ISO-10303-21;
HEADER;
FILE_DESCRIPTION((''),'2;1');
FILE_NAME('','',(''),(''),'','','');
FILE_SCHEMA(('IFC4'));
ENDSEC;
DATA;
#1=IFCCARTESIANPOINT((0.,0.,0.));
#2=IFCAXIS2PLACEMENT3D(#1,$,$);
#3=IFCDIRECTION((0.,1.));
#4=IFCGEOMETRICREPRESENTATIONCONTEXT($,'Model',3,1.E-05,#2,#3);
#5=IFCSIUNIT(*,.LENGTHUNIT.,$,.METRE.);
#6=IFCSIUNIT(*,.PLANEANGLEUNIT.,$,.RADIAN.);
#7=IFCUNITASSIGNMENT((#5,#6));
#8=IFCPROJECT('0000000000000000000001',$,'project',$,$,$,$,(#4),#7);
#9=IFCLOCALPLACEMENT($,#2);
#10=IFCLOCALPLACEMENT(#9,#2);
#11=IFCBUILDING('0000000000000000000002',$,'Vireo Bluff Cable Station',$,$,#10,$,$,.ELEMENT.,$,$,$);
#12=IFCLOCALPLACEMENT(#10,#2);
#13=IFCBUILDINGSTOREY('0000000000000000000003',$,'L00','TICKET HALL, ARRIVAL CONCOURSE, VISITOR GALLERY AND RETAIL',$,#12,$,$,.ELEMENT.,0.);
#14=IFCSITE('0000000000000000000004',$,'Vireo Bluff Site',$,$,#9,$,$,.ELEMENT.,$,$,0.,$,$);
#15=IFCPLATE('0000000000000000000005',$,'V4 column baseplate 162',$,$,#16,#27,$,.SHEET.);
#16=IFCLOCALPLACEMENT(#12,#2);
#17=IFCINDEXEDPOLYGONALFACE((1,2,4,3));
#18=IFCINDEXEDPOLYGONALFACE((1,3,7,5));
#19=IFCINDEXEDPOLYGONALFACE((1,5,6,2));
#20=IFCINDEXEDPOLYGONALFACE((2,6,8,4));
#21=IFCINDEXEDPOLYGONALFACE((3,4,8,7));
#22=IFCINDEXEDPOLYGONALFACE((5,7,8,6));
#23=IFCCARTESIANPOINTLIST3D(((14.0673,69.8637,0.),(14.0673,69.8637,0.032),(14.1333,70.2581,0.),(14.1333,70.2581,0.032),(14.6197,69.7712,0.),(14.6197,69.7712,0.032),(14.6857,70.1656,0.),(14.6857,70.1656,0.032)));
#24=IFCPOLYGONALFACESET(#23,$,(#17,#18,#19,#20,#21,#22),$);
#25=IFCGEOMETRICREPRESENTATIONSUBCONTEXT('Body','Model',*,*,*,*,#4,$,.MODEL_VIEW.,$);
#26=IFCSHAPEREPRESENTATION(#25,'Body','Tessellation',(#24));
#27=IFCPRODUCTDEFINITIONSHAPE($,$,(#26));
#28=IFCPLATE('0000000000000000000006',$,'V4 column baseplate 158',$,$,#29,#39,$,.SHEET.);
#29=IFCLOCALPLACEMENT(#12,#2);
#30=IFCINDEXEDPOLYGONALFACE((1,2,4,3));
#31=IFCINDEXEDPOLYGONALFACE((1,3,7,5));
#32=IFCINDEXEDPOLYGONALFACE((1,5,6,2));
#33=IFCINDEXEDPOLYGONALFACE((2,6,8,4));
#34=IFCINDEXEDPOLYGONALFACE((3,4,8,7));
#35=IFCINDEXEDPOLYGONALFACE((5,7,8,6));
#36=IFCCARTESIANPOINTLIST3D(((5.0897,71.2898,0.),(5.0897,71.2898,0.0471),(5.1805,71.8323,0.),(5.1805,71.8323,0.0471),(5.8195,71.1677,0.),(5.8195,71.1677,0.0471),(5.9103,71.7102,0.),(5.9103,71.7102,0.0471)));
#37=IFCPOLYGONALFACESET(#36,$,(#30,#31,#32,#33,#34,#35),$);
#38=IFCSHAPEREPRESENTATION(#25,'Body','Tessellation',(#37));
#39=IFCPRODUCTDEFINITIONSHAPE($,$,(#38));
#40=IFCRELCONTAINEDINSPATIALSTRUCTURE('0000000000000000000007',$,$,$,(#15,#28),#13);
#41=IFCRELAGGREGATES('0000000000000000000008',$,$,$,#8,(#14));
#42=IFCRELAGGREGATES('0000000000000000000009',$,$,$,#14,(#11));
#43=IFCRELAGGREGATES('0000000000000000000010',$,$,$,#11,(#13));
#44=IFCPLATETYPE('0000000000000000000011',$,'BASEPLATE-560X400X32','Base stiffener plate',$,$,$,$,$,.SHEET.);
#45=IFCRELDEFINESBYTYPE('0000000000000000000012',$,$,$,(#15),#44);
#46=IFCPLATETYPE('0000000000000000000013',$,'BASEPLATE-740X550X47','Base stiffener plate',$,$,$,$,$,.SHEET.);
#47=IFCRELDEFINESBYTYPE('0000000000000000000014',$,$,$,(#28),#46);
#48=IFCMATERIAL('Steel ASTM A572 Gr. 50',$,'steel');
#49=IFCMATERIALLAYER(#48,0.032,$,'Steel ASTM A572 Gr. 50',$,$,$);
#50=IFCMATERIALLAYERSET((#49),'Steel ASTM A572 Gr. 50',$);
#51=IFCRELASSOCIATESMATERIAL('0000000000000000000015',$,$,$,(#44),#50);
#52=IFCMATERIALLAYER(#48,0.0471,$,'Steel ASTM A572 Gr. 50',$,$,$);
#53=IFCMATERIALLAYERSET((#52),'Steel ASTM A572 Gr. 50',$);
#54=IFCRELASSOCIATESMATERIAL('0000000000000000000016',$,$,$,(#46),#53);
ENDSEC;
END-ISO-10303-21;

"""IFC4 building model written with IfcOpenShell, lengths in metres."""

from ifc_helpers import new_model, si_unit, direction, frame, origin, origin_2d, place, context, subcontext, project, spatial, rectangle, extrude, material, layer, layer_set, type_object, element, save


model = new_model("IFC4")

# Units and contexts
model_context = context("Model", 3, precision=1e-05, world=origin(), true_north=direction((0.0, 1.0)))
body_context = subcontext(model_context, "Body", "Model", "MODEL_VIEW")
ifc_project = project(units=[si_unit("LENGTHUNIT", "METRE"), si_unit("PLANEANGLEUNIT", "RADIAN")], contexts=[model_context])

# Site, building, storey
site_placement = place(None, origin())
site = spatial("IfcSite", under=ifc_project, at=site_placement, Name="Vireo Bluff Site", CompositionType="ELEMENT", RefElevation=0.0)
building_placement = place(site_placement, origin())
building = spatial("IfcBuilding", under=site, at=building_placement, Name="Vireo Bluff Cable Station", CompositionType="ELEMENT")
storey_placement = place(building_placement, origin())
storey = spatial("IfcBuildingStorey", under=building, at=storey_placement, Name="L00", Description="TICKET HALL, ARRIVAL CONCOURSE, VISITOR GALLERY AND RETAIL", CompositionType="ELEMENT", Elevation=0.0)

# Plates
ifc_material_1 = material(Name="Steel ASTM A572 Gr. 50", Category="steel")
ifc_layer_1 = layer(ifc_material_1, 0.032, Name="Steel ASTM A572 Gr. 50")
ifc_layer_set_1 = layer_set([ifc_layer_1], Name="Steel ASTM A572 Gr. 50")
plate_type_1 = type_object("IfcPlateType", Name="BASEPLATE-560X400X32", Description="Base stiffener plate", PredefinedType="SHEET", material=ifc_layer_set_1)
plate_1_placement = place(storey_placement, frame((14.3765, 70.0146, 0.0), z_axis=(0.0, 0.0, 1.0), x_axis=(0.986286, -0.165048, 0.0)))
element("IfcPlate", 1, at=plate_1_placement, inside=storey, type_object=plate_type_1, Name="V4 column baseplate 162", PredefinedType="SHEET", context=body_context, shape_type="SweptSolid", body=[
    extrude(rectangle(XDim=0.5601, YDim=0.3999, at=origin_2d()), origin(), (0.0, 0.0, 1.0), 0.032),
])
ifc_layer_2 = layer(ifc_material_1, 0.0471, Name="Steel ASTM A572 Gr. 50")
ifc_layer_set_2 = layer_set([ifc_layer_2], Name="Steel ASTM A572 Gr. 50")
plate_type_2 = type_object("IfcPlateType", Name="BASEPLATE-740X550X47", Description="Base stiffener plate", PredefinedType="SHEET", material=ifc_layer_set_2)
plate_2_placement = place(storey_placement, frame((5.5, 71.5, 0.0), z_axis=(0.0, 0.0, 1.0), x_axis=(0.986286, -0.165048, 0.0)))
element("IfcPlate", 2, at=plate_2_placement, inside=storey, type_object=plate_type_2, Name="V4 column baseplate 158", PredefinedType="SHEET", context=body_context, shape_type="SweptSolid", body=[
    extrude(rectangle(XDim=0.74, YDim=0.55, at=origin_2d()), origin(), (0.0, 0.0, 1.0), 0.0471),
])

save(model, "model.ifc")
